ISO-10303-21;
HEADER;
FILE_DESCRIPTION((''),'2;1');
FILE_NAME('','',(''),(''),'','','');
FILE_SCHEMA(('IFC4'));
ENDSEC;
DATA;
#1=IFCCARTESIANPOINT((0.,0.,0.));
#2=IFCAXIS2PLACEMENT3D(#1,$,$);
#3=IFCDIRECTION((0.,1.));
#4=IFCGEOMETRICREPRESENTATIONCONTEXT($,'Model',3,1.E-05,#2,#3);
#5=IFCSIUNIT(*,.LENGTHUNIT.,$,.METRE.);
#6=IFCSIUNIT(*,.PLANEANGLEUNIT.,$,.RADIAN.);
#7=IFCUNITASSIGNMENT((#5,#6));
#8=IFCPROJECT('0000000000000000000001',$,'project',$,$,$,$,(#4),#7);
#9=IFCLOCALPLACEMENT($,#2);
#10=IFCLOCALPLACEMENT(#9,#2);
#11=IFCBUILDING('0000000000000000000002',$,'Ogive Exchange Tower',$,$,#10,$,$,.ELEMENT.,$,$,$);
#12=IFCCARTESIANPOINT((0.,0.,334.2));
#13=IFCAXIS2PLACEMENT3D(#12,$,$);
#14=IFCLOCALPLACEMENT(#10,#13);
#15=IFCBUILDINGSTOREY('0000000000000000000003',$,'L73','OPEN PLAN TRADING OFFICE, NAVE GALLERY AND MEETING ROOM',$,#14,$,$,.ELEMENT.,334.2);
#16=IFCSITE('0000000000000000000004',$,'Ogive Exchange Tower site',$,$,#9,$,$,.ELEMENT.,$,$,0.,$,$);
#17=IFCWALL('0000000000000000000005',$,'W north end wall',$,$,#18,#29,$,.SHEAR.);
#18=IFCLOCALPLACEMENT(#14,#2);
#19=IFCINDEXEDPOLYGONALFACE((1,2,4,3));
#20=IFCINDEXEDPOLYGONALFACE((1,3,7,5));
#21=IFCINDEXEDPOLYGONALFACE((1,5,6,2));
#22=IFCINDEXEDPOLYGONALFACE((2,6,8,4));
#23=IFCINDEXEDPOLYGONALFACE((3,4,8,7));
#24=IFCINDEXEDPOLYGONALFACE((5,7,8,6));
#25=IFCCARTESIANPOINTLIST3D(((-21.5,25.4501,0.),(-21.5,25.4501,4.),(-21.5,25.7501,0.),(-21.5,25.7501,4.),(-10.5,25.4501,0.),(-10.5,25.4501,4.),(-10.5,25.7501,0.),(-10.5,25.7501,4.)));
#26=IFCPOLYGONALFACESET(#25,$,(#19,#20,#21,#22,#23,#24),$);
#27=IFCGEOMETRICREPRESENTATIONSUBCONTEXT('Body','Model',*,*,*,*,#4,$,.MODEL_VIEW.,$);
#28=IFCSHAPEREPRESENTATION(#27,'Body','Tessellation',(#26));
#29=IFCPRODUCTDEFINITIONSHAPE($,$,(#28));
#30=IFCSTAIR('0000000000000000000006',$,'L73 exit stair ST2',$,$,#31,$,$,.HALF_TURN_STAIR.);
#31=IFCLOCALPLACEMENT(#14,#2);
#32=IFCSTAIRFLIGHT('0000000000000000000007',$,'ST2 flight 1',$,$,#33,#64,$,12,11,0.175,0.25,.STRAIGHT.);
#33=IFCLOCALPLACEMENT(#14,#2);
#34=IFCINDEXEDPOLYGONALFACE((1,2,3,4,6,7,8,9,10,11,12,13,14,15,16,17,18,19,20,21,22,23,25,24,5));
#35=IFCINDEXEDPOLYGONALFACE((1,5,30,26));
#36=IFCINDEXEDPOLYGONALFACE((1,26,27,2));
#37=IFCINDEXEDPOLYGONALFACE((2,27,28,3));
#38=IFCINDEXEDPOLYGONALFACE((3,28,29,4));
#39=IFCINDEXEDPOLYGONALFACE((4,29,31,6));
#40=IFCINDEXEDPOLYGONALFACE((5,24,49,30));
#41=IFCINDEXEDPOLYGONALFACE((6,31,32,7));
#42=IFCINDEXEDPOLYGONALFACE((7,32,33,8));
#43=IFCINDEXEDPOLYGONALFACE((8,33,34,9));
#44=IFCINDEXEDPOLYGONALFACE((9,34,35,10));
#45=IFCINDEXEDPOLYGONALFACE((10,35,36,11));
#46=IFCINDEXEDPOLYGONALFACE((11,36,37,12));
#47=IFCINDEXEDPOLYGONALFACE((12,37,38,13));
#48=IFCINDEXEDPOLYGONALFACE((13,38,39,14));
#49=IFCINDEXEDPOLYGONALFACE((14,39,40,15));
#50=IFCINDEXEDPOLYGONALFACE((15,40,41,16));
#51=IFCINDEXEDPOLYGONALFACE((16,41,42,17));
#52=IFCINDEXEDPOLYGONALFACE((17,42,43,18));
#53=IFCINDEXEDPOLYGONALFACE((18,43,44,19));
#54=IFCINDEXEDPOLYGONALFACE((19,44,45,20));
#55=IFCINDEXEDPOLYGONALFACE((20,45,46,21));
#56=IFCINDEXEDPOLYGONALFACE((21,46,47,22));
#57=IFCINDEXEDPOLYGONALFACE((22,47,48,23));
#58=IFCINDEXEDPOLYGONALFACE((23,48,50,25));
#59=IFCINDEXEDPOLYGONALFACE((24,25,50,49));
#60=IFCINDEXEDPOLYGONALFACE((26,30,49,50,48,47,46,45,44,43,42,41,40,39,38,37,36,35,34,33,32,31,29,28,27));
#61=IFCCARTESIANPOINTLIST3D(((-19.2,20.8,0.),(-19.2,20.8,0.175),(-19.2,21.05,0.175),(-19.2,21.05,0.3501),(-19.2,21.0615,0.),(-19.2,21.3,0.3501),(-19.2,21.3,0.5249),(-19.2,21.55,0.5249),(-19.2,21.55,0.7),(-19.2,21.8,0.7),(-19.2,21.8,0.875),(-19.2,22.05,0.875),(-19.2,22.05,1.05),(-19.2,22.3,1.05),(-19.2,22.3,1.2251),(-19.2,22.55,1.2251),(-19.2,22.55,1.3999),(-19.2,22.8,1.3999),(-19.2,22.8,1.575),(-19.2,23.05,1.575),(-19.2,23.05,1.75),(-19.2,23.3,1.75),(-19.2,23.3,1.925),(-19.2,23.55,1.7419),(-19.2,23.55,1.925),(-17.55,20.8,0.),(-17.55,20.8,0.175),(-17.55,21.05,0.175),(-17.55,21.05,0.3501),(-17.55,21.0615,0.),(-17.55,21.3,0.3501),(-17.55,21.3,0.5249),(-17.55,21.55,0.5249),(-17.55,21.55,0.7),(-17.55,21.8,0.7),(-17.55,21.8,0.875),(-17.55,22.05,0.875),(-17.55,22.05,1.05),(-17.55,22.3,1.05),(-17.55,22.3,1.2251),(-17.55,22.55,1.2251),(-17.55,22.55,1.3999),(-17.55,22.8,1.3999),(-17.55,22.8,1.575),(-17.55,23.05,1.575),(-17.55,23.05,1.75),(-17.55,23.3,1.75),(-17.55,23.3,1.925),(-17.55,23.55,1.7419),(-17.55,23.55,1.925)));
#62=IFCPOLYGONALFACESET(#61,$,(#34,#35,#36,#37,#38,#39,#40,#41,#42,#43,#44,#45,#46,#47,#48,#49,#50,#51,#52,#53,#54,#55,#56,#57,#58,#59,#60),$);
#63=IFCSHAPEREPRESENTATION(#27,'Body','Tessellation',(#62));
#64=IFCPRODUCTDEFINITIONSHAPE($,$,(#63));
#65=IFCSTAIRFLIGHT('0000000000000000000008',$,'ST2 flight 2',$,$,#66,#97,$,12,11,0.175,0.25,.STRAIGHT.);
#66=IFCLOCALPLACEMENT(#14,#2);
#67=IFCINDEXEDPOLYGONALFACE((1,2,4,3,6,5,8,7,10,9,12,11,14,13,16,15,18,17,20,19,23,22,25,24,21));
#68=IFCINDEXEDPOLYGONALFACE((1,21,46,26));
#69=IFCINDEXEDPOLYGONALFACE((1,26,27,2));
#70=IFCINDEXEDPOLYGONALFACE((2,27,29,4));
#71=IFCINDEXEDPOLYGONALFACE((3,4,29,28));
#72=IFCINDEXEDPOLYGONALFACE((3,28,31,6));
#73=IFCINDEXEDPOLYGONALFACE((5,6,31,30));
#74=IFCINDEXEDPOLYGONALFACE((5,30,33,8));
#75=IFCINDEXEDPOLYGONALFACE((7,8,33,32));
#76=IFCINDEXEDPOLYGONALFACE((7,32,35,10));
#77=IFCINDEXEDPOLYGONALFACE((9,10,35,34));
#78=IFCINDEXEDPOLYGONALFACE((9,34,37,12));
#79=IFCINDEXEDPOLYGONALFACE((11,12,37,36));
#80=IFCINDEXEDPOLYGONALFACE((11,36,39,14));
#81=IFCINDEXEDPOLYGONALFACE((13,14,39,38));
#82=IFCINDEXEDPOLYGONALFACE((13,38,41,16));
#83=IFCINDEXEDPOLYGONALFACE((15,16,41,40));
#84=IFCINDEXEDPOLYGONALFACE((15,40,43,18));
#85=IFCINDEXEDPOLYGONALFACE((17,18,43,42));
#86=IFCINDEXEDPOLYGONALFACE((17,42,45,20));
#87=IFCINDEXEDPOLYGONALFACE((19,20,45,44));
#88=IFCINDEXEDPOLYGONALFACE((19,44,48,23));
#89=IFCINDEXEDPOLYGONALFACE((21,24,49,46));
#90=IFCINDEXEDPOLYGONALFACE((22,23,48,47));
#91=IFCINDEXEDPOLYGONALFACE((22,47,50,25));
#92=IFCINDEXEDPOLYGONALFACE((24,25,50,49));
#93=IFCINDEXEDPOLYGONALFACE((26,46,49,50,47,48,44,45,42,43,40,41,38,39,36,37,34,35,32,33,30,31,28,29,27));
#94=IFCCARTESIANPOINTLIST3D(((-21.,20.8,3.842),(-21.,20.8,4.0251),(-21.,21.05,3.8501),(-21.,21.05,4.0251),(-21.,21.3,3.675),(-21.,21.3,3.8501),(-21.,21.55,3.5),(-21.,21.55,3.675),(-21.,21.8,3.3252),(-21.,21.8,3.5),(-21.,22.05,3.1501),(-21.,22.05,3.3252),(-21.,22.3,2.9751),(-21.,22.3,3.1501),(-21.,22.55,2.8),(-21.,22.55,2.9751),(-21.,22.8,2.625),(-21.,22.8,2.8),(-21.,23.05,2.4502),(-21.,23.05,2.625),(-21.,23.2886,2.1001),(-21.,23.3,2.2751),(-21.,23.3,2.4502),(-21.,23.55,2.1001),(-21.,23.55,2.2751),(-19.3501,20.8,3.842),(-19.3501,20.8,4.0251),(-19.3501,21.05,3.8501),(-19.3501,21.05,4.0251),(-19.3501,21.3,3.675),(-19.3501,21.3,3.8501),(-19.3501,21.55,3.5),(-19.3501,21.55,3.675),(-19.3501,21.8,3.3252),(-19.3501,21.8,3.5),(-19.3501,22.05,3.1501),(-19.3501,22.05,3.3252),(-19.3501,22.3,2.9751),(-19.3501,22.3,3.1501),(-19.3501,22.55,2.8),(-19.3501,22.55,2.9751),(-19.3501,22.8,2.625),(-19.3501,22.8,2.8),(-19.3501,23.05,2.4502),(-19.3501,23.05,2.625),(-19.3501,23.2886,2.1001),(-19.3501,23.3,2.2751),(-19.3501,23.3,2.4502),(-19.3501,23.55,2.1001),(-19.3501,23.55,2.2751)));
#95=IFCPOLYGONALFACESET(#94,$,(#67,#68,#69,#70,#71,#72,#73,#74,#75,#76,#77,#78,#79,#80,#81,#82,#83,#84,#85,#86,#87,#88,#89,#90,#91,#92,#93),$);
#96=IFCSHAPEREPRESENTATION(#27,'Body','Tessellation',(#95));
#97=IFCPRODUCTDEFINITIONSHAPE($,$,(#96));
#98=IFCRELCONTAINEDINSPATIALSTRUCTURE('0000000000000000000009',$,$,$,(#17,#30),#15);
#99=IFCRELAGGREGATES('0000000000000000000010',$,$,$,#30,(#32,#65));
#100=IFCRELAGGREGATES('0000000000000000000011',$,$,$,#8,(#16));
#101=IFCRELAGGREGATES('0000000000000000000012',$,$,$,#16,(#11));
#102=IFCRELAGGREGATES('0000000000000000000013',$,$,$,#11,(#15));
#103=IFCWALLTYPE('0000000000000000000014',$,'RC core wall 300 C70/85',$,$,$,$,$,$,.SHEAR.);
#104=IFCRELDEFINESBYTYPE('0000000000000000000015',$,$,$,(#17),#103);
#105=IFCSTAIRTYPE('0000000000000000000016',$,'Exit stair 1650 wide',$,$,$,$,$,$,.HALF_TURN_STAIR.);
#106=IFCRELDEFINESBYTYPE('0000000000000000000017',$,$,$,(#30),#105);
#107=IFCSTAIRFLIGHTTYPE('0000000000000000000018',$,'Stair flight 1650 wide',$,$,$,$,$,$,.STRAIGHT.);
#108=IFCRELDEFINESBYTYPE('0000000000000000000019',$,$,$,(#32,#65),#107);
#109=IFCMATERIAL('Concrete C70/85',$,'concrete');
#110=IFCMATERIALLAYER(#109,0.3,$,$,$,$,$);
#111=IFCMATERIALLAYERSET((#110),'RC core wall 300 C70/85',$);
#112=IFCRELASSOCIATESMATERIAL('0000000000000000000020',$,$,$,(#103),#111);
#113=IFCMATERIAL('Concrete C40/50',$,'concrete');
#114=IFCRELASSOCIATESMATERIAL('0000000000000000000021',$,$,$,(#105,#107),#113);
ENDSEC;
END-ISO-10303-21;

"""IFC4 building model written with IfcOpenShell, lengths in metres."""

from ifc_helpers import new_model, si_unit, direction, frame, frame_2d, origin, place, context, subcontext, project, spatial, polyline, rectangle, outline, extrude, material, layer, layer_set, type_object, element, aggregate, save


model = new_model("IFC4")

# Units and contexts
model_context = context("Model", 3, precision=1e-05, world=origin(), true_north=direction((0.0, 1.0)))
body_context = subcontext(model_context, "Body", "Model", "MODEL_VIEW")
ifc_project = project(units=[si_unit("LENGTHUNIT", "METRE"), si_unit("PLANEANGLEUNIT", "RADIAN")], contexts=[model_context])

# Site, building, storey
site_placement = place(None, origin())
site = spatial("IfcSite", under=ifc_project, at=site_placement, Name="Ogive Exchange Tower site", CompositionType="ELEMENT", RefElevation=0.0)
building_placement = place(site_placement, origin())
building = spatial("IfcBuilding", under=site, at=building_placement, Name="Ogive Exchange Tower", CompositionType="ELEMENT")
storey_placement = place(building_placement, frame((0.0, 0.0, 334.2)))
storey = spatial("IfcBuildingStorey", under=building, at=storey_placement, Name="L73", Description="OPEN PLAN TRADING OFFICE, NAVE GALLERY AND MEETING ROOM", CompositionType="ELEMENT", Elevation=334.2)

# Shared definitions
ifc_material_1 = material(Name="Concrete C70/85", Category="concrete")

# Wall
ifc_layer_1 = layer(ifc_material_1, 0.3)
ifc_layer_set_1 = layer_set([ifc_layer_1], Name="RC core wall 300 C70/85")
wall_type_1 = type_object("IfcWallType", Name="RC core wall 300 C70/85", PredefinedType="SHEAR", material=ifc_layer_set_1)
wall_1_placement = place(storey_placement, frame((-21.5, 25.6001, 0.0), z_axis=(0.0, 0.0, 1.0), x_axis=(1.0, 0.0, 0.0)))
element("IfcWall", 1, at=wall_1_placement, inside=storey, type_object=wall_type_1, Name="W north end wall", PredefinedType="SHEAR", context=body_context, shape_type="SweptSolid", body=[
    extrude(rectangle(XDim=11.0, YDim=0.3, at=frame_2d((5.5, 0.0))), origin(), (0.0, 0.0, 1.0), 4.0),
])

# Stair, stair flights
ifc_material_2 = material(Name="Concrete C40/50", Category="concrete")
stair_type = type_object("IfcStairType", Name="Exit stair 1650 wide", PredefinedType="HALF_TURN_STAIR", material=ifc_material_2)
stair_placement = place(storey_placement, origin())
stair = element("IfcStair", 2, at=stair_placement, inside=storey, type_object=stair_type, Name="L73 exit stair ST2", PredefinedType="HALF_TURN_STAIR")
stair_flight_type = type_object("IfcStairFlightType", Name="Stair flight 1650 wide", PredefinedType="STRAIGHT", material=ifc_material_2)
stair_flight_1_placement = place(storey_placement, frame((-18.375, 20.8, 0.0), z_axis=(0.0, 0.0, 1.0), x_axis=(0.0, 1.0, 0.0)))
stair_flight_1 = element("IfcStairFlight", 3, at=stair_flight_1_placement, type_object=stair_flight_type, Name="ST2 flight 1", NumberOfRisers=12, NumberOfTreads=11, PredefinedType="STRAIGHT", RiserHeight=0.175, TreadLength=0.25, context=body_context, shape_type="SweptSolid", body=[
    extrude(outline(polyline([(0.0, 0.0), (0.0, 0.175), (0.25, 0.175), (0.25, 0.3501), (0.5, 0.3501), (0.5, 0.5249), (0.75, 0.5249), (0.75, 0.7), (1.0, 0.7), (1.0, 0.875), (1.25, 0.875), (1.25, 1.05), (1.5, 1.05), (1.5, 1.2251), (1.75, 1.2251), (1.75, 1.3999), (2.0, 1.3999), (2.0, 1.575), (2.25, 1.575), (2.25, 1.75), (2.5, 1.75), (2.5, 1.925), (2.75, 1.925), (2.75, 2.1001), (2.75, 1.7419), (0.2615, 0.0), (0.0, 0.0)])), frame((0.0, 0.825, 0.0), z_axis=(0.0, -1.0, 0.0), x_axis=(1.0, 0.0, 0.0)), (0.0, 0.0, 1.0), 1.6499),
])
stair_flight_2_placement = place(storey_placement, frame((-20.175, 23.55, 2.1001), z_axis=(0.0, 0.0, 1.0), x_axis=(0.0, -1.0, 0.0)))
stair_flight_2 = element("IfcStairFlight", 4, at=stair_flight_2_placement, type_object=stair_flight_type, Name="ST2 flight 2", NumberOfRisers=12, NumberOfTreads=11, PredefinedType="STRAIGHT", RiserHeight=0.175, TreadLength=0.25, context=body_context, shape_type="SweptSolid", body=[
    extrude(outline(polyline([(0.0, 0.0), (0.0, 0.175), (0.25, 0.175), (0.25, 0.3501), (0.5, 0.3501), (0.5, 0.5249), (0.75, 0.5249), (0.75, 0.7), (1.0, 0.7), (1.0, 0.875), (1.25, 0.875), (1.25, 1.05), (1.5, 1.05), (1.5, 1.2251), (1.75, 1.2251), (1.75, 1.3999), (2.0, 1.3999), (2.0, 1.575), (2.25, 1.575), (2.25, 1.75), (2.5, 1.75), (2.5, 1.925), (2.75, 1.925), (2.75, 2.1001), (2.75, 1.7419), (0.2615, 0.0), (0.0, 0.0)])), frame((0.0, 0.825, 0.0), z_axis=(0.0, -1.0, 0.0), x_axis=(1.0, 0.0, 0.0)), (0.0, 0.0, 1.0), 1.6499),
])
aggregate(stair, [stair_flight_1, stair_flight_2])

save(model, "model.ifc")
